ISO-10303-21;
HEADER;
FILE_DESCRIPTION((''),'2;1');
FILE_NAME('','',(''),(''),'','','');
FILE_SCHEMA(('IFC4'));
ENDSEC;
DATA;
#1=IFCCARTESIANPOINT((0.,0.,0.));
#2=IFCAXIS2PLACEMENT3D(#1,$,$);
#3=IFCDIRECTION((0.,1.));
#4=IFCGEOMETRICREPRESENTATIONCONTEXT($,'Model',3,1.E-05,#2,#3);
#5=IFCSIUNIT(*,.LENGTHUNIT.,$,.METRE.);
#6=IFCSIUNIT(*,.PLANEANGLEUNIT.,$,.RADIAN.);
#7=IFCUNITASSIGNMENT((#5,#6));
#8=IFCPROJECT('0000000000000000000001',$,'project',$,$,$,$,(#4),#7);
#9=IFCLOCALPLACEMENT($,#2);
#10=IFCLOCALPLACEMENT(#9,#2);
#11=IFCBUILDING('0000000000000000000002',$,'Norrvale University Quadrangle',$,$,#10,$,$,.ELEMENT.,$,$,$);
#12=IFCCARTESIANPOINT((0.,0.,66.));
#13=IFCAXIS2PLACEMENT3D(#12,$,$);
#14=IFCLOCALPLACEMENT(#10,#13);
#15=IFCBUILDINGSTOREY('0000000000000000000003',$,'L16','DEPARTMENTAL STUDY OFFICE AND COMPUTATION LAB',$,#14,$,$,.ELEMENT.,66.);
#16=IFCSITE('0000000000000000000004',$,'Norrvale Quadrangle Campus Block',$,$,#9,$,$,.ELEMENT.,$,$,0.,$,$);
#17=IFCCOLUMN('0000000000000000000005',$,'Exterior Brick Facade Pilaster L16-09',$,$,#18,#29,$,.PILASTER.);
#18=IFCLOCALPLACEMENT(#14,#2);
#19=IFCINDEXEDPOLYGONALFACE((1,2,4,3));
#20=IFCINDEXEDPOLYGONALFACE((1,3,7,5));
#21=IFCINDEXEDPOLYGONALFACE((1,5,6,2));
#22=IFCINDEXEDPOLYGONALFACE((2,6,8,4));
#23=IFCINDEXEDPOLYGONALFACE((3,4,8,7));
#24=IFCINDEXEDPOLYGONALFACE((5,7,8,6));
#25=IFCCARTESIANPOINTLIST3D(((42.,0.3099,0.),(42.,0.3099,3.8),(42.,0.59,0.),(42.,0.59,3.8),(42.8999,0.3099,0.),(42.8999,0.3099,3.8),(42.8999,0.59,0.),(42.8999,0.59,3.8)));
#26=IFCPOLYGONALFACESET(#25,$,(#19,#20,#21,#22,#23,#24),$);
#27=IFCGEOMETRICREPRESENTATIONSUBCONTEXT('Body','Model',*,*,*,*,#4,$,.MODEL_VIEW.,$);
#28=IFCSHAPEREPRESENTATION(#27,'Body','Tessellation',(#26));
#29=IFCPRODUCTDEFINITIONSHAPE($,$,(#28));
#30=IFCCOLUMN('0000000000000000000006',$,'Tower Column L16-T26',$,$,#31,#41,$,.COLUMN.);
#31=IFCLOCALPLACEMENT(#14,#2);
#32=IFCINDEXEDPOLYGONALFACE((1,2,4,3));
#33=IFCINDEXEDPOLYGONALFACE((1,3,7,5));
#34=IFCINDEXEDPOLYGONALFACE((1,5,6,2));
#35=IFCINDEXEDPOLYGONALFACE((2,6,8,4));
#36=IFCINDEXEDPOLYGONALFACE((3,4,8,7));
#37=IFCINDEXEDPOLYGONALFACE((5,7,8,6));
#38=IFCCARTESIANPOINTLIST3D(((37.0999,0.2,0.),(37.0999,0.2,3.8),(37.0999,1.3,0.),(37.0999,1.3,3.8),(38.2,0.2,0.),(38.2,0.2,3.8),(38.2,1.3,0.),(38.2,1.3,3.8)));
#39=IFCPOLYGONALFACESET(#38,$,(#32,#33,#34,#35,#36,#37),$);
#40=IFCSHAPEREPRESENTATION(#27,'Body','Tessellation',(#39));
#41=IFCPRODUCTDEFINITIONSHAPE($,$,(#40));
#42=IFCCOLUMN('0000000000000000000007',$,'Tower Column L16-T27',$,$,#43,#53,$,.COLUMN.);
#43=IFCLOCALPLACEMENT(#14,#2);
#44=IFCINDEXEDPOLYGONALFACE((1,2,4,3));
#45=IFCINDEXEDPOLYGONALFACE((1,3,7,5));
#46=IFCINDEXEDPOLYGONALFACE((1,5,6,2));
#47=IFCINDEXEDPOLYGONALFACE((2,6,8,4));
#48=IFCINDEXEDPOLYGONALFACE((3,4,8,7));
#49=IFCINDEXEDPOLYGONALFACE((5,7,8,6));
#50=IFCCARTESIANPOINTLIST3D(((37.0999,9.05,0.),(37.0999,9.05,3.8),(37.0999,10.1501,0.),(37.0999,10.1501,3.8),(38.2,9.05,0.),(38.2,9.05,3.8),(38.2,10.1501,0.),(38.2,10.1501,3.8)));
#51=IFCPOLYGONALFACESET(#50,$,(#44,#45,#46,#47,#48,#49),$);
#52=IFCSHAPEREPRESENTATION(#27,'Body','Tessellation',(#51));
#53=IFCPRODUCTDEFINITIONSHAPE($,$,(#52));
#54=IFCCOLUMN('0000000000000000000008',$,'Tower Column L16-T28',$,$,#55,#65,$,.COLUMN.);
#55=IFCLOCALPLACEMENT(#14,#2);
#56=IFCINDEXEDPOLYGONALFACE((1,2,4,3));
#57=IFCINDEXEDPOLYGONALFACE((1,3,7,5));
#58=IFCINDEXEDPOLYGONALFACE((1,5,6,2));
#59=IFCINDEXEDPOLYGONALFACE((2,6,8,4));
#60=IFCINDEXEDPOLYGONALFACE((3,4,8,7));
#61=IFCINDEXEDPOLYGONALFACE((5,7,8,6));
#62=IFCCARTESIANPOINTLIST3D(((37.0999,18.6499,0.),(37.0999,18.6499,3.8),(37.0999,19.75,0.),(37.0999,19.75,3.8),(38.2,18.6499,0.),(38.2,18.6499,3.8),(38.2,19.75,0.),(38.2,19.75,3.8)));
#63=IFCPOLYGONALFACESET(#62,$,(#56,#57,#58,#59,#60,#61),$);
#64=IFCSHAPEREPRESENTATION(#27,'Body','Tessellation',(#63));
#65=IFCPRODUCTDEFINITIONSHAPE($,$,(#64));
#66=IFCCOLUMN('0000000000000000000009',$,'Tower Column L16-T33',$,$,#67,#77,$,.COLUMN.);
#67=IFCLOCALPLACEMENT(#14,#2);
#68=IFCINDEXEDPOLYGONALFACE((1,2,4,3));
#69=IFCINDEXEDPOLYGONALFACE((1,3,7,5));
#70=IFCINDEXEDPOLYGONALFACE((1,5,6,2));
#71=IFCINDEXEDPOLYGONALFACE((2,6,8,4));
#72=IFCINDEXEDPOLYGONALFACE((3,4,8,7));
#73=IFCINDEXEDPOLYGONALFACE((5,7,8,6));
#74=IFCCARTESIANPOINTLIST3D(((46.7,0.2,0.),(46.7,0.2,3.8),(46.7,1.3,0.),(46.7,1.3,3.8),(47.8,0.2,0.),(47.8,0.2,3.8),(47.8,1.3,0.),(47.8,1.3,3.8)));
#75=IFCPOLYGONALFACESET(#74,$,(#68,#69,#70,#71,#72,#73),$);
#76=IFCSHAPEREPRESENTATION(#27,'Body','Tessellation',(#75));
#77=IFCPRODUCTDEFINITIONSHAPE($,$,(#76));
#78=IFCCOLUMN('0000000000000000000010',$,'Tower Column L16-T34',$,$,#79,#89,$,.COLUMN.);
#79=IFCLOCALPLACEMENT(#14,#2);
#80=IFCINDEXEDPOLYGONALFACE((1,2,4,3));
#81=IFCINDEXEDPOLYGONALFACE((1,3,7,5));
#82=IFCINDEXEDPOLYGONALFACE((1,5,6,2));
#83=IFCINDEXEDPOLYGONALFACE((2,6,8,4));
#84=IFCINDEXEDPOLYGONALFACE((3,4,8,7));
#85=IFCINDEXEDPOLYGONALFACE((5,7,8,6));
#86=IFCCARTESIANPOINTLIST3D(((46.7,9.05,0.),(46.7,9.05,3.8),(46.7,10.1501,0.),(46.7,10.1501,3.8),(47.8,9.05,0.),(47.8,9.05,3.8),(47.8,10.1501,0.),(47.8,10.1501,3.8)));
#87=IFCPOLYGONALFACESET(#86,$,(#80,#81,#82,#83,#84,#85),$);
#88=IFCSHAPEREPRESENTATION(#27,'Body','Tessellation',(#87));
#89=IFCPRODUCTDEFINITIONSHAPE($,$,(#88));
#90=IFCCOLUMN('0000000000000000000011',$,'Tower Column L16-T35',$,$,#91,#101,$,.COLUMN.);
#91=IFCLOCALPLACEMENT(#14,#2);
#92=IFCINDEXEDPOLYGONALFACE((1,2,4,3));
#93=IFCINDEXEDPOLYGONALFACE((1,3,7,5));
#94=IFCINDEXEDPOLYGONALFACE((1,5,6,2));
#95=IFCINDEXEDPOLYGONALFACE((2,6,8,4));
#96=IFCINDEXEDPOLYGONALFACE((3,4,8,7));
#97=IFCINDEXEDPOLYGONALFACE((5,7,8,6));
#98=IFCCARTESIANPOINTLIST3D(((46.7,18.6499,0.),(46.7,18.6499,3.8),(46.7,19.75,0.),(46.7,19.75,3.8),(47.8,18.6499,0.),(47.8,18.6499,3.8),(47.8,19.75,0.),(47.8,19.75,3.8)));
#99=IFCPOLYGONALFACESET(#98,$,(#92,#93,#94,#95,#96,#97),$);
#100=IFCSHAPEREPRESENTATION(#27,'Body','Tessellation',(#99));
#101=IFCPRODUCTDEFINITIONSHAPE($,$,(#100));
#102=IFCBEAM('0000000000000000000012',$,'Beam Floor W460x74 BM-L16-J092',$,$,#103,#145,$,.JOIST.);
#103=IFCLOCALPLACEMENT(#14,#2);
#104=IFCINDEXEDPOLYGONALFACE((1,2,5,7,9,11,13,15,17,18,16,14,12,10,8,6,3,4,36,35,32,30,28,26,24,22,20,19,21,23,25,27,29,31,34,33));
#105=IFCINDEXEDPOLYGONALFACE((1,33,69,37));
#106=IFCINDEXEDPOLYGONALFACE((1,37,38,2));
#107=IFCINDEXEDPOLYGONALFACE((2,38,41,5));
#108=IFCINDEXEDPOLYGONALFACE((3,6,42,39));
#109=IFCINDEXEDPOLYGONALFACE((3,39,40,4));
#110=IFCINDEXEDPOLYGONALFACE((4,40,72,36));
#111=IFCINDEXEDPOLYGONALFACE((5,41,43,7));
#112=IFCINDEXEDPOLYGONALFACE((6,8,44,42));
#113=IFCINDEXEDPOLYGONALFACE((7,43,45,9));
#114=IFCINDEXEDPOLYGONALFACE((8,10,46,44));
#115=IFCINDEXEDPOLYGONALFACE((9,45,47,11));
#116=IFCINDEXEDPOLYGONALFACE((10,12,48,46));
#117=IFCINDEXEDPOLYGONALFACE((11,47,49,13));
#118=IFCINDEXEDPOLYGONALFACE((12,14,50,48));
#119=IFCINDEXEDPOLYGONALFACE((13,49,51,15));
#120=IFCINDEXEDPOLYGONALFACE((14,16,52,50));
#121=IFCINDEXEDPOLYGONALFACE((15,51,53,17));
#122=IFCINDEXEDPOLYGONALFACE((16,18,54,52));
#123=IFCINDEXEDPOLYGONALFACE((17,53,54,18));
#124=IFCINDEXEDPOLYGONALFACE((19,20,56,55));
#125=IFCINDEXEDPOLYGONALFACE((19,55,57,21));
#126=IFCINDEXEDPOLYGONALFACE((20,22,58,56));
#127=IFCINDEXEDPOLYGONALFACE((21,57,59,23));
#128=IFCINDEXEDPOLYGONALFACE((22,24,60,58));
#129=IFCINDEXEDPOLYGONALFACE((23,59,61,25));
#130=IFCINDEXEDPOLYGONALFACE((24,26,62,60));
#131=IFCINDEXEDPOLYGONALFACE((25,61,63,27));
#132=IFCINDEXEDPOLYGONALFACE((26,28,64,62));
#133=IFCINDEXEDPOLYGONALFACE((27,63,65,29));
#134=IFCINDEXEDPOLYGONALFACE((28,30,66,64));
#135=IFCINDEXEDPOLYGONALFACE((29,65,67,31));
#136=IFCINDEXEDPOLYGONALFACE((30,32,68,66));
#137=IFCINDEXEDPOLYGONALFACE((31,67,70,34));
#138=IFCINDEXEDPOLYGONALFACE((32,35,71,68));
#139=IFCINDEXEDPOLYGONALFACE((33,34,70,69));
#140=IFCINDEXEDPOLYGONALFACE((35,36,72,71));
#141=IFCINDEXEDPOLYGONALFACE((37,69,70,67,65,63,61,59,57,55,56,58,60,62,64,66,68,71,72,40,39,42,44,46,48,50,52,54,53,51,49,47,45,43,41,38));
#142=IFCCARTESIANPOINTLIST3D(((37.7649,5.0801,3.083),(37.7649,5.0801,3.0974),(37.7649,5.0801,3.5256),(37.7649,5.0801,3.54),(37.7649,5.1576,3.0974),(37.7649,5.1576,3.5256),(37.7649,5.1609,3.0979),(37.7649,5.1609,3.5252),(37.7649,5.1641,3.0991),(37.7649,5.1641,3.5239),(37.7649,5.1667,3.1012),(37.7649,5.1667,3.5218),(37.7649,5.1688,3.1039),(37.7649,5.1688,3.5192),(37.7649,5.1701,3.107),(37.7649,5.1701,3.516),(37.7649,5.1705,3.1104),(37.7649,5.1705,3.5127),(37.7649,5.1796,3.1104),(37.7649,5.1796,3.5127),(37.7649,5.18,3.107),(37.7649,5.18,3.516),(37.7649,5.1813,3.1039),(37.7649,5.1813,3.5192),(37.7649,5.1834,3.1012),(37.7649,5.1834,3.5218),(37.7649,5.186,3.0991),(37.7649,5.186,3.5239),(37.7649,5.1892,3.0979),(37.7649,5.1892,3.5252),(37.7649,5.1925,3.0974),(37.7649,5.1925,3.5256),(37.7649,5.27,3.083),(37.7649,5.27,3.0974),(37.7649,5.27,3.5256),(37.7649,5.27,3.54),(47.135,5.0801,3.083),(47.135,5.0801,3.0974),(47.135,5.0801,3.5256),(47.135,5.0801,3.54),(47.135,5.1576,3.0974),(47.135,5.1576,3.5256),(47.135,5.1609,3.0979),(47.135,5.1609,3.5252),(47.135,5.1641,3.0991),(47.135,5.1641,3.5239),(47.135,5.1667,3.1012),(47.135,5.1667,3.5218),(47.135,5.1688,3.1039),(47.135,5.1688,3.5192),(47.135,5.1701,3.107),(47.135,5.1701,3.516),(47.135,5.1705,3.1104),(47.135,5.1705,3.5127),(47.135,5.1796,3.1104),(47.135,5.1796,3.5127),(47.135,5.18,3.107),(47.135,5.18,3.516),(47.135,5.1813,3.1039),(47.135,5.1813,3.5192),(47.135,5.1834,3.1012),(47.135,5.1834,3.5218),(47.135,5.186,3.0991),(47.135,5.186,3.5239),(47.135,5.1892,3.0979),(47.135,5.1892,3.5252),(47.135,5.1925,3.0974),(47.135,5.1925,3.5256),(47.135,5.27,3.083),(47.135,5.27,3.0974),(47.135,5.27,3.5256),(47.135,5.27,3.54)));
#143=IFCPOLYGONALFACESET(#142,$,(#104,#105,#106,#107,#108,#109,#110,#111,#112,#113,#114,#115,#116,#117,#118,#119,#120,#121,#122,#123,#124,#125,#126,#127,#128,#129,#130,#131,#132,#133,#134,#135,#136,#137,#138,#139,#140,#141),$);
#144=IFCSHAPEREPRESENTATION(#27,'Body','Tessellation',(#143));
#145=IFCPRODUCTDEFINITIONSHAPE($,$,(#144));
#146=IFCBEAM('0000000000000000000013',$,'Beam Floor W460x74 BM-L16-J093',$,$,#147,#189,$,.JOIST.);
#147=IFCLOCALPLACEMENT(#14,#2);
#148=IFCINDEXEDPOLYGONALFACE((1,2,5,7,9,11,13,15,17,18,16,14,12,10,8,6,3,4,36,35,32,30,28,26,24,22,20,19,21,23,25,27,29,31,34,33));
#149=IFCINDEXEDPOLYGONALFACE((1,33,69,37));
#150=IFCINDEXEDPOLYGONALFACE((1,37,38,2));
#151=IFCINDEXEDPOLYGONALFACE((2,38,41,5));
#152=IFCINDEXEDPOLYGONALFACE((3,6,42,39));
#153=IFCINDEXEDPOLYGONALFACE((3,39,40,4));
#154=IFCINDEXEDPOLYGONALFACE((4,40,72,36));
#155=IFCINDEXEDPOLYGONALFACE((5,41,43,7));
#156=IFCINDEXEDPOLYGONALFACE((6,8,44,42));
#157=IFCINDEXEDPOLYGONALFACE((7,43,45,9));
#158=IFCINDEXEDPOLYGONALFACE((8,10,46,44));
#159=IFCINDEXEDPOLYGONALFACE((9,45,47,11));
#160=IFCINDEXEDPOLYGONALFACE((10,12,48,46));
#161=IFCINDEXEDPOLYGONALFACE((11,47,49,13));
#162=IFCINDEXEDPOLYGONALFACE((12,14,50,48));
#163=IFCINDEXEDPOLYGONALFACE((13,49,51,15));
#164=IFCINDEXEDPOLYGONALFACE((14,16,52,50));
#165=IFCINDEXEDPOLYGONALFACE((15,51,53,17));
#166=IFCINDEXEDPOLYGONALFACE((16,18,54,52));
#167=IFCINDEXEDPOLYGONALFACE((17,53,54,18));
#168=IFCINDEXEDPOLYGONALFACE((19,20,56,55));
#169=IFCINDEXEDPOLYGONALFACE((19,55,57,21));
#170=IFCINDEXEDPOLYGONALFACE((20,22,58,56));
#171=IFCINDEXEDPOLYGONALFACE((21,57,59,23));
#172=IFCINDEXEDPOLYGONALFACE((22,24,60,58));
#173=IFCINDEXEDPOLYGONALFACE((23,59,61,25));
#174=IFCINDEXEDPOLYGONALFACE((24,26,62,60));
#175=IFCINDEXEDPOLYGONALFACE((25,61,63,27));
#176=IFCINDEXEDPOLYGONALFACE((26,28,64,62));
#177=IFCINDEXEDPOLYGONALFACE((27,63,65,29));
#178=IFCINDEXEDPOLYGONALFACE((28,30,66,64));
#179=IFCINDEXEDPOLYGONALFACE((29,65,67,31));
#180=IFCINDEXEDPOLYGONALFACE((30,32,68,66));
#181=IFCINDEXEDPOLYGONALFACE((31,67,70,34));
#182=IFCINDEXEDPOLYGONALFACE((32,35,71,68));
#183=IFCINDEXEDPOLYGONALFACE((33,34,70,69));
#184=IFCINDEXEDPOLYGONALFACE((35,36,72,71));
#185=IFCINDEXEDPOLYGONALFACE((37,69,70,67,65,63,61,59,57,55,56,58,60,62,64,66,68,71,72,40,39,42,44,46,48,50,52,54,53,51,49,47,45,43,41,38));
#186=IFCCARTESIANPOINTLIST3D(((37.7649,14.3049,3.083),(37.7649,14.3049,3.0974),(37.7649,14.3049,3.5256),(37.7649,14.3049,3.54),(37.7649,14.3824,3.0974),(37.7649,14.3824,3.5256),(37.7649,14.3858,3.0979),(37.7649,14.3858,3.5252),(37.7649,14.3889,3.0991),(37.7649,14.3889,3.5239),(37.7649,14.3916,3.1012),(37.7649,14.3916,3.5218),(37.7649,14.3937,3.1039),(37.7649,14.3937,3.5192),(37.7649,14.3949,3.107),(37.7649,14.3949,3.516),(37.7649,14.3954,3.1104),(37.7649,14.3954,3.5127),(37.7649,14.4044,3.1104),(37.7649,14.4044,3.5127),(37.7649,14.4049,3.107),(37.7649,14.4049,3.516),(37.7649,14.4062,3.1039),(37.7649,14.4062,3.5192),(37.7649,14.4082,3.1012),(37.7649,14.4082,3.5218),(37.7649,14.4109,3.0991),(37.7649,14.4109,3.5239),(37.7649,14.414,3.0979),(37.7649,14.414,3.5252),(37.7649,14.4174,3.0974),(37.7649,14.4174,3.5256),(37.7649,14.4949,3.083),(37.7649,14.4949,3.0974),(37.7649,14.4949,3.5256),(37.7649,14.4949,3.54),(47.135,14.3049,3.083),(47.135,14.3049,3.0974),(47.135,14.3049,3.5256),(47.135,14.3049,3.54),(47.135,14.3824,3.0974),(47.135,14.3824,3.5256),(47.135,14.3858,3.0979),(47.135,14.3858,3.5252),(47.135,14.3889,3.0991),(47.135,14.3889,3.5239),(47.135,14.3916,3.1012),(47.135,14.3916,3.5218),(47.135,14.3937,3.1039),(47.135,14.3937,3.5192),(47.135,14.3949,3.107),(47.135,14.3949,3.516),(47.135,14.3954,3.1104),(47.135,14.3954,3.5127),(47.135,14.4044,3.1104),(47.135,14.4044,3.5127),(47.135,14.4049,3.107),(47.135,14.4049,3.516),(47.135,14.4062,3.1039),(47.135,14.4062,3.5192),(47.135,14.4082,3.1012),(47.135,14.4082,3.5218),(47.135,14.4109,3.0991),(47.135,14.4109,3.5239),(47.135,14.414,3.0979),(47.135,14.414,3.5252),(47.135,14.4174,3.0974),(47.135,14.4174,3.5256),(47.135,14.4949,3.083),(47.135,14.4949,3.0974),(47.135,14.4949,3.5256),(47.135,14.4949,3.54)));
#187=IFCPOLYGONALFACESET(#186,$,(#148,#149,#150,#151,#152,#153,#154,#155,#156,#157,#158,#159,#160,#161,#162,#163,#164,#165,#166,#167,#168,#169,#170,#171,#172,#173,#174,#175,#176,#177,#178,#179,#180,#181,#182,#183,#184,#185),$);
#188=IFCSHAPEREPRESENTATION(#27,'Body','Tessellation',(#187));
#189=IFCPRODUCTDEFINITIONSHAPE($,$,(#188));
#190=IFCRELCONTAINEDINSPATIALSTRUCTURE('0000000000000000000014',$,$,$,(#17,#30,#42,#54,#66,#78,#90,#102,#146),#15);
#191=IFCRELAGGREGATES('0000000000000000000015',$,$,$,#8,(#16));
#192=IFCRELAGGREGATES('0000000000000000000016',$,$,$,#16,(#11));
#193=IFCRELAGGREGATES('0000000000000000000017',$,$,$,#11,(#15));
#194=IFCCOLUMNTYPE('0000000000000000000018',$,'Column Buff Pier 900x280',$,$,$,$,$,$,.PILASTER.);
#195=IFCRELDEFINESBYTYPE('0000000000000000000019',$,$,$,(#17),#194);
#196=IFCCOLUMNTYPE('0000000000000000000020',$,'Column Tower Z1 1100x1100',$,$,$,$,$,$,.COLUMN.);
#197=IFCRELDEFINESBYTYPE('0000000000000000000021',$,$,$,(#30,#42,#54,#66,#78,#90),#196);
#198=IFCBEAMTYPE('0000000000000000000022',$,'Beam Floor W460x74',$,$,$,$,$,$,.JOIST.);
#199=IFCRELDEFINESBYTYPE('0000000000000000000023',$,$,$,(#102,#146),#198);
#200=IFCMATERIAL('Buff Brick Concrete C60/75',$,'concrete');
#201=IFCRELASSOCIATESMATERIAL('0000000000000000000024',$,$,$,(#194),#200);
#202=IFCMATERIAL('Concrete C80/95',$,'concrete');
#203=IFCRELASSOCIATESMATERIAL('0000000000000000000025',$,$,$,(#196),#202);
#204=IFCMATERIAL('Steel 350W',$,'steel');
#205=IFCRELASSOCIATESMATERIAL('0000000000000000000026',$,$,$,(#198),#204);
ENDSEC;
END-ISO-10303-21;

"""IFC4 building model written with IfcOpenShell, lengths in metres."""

from ifc_helpers import new_model, si_unit, direction, frame, origin, origin_2d, place, context, subcontext, project, spatial, rectangle, i_section, extrude, material, material_profile, profile_set, type_object, element, save


model = new_model("IFC4")

# Units and contexts
model_context = context("Model", 3, precision=1e-05, world=origin(), true_north=direction((0.0, 1.0)))
body_context = subcontext(model_context, "Body", "Model", "MODEL_VIEW")
ifc_project = project(units=[si_unit("LENGTHUNIT", "METRE"), si_unit("PLANEANGLEUNIT", "RADIAN")], contexts=[model_context])

# Site, building, storey
site_placement = place(None, origin())
site = spatial("IfcSite", under=ifc_project, at=site_placement, Name="Norrvale Quadrangle Campus Block", CompositionType="ELEMENT", RefElevation=0.0)
building_placement = place(site_placement, origin())
building = spatial("IfcBuilding", under=site, at=building_placement, Name="Norrvale University Quadrangle", CompositionType="ELEMENT")
storey_placement = place(building_placement, frame((0.0, 0.0, 66.0)))
storey = spatial("IfcBuildingStorey", under=building, at=storey_placement, Name="L16", Description="DEPARTMENTAL STUDY OFFICE AND COMPUTATION LAB", CompositionType="ELEMENT", Elevation=66.0)

# Columns
ifc_material_1 = material(Name="Buff Brick Concrete C60/75", Category="concrete")
ifc_material_profile_1 = material_profile(ifc_material_1, rectangle(XDim=0.8999, YDim=0.28, at=origin_2d()), Name="Buff Brick Concrete C60/75")
ifc_profile_set_1 = profile_set([ifc_material_profile_1], Name="Buff Brick Concrete C60/75")
column_type_1 = type_object("IfcColumnType", Name="Column Buff Pier 900x280", PredefinedType="PILASTER", material=ifc_profile_set_1)
column_placement = place(storey_placement, frame((42.45, 0.45, 0.0), z_axis=(0.0, 0.0, 1.0), x_axis=(1.0, 0.0, 0.0)))
element("IfcColumn", 1, at=column_placement, inside=storey, type_object=column_type_1, Name="Exterior Brick Facade Pilaster L16-09", PredefinedType="PILASTER", context=body_context, shape_type="SweptSolid", body=[
    extrude(rectangle(XDim=0.8999, YDim=0.28, at=origin_2d()), origin(), (0.0, 0.0, 1.0), 3.8),
])
ifc_material_2 = material(Name="Concrete C80/95", Category="concrete")
ifc_material_profile_2 = material_profile(ifc_material_2, rectangle(XDim=1.1001, YDim=1.1001, at=origin_2d()), Name="Concrete C80/95")
ifc_profile_set_2 = profile_set([ifc_material_profile_2], Name="Concrete C80/95")
column_type_2 = type_object("IfcColumnType", Name="Column Tower Z1 1100x1100", PredefinedType="COLUMN", material=ifc_profile_set_2)
for number, where, z_axis, x_axis, name in (
    (2, (37.6499, 0.75, 0.0), (0.0, 0.0, 1.0), (1.0, 0.0, 0.0), "Tower Column L16-T26"),
    (3, (37.6499, 9.6001, 0.0), (0.0, 0.0, 1.0), (1.0, 0.0, 0.0), "Tower Column L16-T27"),
    (4, (37.6499, 19.2, 0.0), (0.0, 0.0, 1.0), (1.0, 0.0, 0.0), "Tower Column L16-T28"),
    (5, (47.25, 0.75, 0.0), (0.0, 0.0, 1.0), (1.0, 0.0, 0.0), "Tower Column L16-T33"),
    (6, (47.25, 9.6001, 0.0), (0.0, 0.0, 1.0), (1.0, 0.0, 0.0), "Tower Column L16-T34"),
    (7, (47.25, 19.2, 0.0), (0.0, 0.0, 1.0), (1.0, 0.0, 0.0), "Tower Column L16-T35"),
):
    element("IfcColumn", number, at=place(storey_placement, frame(where, z_axis=z_axis, x_axis=x_axis)), inside=storey, type_object=column_type_2, Name=name, PredefinedType="COLUMN", context=body_context, shape_type="SweptSolid", body=[
        extrude(rectangle(XDim=1.1001, YDim=1.1001, at=origin_2d()), origin(), (0.0, 0.0, 1.0), 3.8),
    ])

# Beams
ifc_material_3 = material(Name="Steel 350W", Category="steel")
ifc_material_profile_3 = material_profile(ifc_material_3, i_section(OverallWidth=0.1899, OverallDepth=0.457, WebThickness=0.009, FlangeThickness=0.0144, FilletRadius=0.0129, at=origin_2d()), Name="Steel 350W")
ifc_profile_set_3 = profile_set([ifc_material_profile_3], Name="Steel 350W")
beam_type_1 = type_object("IfcBeamType", Name="Beam Floor W460x74", PredefinedType="JOIST", material=ifc_profile_set_3)
for number, where, z_axis, x_axis, name in (
    (8, (37.7649, 5.175, 3.3115), (1.0, 0.0, 0.0), (0.0, 1.0, 0.0), "Beam Floor W460x74 BM-L16-J092"),
    (9, (37.7649, 14.3999, 3.3115), (1.0, 0.0, 0.0), (0.0, 1.0, 0.0), "Beam Floor W460x74 BM-L16-J093"),
):
    element("IfcBeam", number, at=place(storey_placement, frame(where, z_axis=z_axis, x_axis=x_axis)), inside=storey, type_object=beam_type_1, Name=name, PredefinedType="JOIST", context=body_context, shape_type="SweptSolid", body=[
        extrude(i_section(OverallWidth=0.1899, OverallDepth=0.457, WebThickness=0.009, FlangeThickness=0.0144, FilletRadius=0.0129, at=origin_2d()), origin(), (0.0, 0.0, 1.0), 9.3701),
    ])

save(model, "model.ifc")
